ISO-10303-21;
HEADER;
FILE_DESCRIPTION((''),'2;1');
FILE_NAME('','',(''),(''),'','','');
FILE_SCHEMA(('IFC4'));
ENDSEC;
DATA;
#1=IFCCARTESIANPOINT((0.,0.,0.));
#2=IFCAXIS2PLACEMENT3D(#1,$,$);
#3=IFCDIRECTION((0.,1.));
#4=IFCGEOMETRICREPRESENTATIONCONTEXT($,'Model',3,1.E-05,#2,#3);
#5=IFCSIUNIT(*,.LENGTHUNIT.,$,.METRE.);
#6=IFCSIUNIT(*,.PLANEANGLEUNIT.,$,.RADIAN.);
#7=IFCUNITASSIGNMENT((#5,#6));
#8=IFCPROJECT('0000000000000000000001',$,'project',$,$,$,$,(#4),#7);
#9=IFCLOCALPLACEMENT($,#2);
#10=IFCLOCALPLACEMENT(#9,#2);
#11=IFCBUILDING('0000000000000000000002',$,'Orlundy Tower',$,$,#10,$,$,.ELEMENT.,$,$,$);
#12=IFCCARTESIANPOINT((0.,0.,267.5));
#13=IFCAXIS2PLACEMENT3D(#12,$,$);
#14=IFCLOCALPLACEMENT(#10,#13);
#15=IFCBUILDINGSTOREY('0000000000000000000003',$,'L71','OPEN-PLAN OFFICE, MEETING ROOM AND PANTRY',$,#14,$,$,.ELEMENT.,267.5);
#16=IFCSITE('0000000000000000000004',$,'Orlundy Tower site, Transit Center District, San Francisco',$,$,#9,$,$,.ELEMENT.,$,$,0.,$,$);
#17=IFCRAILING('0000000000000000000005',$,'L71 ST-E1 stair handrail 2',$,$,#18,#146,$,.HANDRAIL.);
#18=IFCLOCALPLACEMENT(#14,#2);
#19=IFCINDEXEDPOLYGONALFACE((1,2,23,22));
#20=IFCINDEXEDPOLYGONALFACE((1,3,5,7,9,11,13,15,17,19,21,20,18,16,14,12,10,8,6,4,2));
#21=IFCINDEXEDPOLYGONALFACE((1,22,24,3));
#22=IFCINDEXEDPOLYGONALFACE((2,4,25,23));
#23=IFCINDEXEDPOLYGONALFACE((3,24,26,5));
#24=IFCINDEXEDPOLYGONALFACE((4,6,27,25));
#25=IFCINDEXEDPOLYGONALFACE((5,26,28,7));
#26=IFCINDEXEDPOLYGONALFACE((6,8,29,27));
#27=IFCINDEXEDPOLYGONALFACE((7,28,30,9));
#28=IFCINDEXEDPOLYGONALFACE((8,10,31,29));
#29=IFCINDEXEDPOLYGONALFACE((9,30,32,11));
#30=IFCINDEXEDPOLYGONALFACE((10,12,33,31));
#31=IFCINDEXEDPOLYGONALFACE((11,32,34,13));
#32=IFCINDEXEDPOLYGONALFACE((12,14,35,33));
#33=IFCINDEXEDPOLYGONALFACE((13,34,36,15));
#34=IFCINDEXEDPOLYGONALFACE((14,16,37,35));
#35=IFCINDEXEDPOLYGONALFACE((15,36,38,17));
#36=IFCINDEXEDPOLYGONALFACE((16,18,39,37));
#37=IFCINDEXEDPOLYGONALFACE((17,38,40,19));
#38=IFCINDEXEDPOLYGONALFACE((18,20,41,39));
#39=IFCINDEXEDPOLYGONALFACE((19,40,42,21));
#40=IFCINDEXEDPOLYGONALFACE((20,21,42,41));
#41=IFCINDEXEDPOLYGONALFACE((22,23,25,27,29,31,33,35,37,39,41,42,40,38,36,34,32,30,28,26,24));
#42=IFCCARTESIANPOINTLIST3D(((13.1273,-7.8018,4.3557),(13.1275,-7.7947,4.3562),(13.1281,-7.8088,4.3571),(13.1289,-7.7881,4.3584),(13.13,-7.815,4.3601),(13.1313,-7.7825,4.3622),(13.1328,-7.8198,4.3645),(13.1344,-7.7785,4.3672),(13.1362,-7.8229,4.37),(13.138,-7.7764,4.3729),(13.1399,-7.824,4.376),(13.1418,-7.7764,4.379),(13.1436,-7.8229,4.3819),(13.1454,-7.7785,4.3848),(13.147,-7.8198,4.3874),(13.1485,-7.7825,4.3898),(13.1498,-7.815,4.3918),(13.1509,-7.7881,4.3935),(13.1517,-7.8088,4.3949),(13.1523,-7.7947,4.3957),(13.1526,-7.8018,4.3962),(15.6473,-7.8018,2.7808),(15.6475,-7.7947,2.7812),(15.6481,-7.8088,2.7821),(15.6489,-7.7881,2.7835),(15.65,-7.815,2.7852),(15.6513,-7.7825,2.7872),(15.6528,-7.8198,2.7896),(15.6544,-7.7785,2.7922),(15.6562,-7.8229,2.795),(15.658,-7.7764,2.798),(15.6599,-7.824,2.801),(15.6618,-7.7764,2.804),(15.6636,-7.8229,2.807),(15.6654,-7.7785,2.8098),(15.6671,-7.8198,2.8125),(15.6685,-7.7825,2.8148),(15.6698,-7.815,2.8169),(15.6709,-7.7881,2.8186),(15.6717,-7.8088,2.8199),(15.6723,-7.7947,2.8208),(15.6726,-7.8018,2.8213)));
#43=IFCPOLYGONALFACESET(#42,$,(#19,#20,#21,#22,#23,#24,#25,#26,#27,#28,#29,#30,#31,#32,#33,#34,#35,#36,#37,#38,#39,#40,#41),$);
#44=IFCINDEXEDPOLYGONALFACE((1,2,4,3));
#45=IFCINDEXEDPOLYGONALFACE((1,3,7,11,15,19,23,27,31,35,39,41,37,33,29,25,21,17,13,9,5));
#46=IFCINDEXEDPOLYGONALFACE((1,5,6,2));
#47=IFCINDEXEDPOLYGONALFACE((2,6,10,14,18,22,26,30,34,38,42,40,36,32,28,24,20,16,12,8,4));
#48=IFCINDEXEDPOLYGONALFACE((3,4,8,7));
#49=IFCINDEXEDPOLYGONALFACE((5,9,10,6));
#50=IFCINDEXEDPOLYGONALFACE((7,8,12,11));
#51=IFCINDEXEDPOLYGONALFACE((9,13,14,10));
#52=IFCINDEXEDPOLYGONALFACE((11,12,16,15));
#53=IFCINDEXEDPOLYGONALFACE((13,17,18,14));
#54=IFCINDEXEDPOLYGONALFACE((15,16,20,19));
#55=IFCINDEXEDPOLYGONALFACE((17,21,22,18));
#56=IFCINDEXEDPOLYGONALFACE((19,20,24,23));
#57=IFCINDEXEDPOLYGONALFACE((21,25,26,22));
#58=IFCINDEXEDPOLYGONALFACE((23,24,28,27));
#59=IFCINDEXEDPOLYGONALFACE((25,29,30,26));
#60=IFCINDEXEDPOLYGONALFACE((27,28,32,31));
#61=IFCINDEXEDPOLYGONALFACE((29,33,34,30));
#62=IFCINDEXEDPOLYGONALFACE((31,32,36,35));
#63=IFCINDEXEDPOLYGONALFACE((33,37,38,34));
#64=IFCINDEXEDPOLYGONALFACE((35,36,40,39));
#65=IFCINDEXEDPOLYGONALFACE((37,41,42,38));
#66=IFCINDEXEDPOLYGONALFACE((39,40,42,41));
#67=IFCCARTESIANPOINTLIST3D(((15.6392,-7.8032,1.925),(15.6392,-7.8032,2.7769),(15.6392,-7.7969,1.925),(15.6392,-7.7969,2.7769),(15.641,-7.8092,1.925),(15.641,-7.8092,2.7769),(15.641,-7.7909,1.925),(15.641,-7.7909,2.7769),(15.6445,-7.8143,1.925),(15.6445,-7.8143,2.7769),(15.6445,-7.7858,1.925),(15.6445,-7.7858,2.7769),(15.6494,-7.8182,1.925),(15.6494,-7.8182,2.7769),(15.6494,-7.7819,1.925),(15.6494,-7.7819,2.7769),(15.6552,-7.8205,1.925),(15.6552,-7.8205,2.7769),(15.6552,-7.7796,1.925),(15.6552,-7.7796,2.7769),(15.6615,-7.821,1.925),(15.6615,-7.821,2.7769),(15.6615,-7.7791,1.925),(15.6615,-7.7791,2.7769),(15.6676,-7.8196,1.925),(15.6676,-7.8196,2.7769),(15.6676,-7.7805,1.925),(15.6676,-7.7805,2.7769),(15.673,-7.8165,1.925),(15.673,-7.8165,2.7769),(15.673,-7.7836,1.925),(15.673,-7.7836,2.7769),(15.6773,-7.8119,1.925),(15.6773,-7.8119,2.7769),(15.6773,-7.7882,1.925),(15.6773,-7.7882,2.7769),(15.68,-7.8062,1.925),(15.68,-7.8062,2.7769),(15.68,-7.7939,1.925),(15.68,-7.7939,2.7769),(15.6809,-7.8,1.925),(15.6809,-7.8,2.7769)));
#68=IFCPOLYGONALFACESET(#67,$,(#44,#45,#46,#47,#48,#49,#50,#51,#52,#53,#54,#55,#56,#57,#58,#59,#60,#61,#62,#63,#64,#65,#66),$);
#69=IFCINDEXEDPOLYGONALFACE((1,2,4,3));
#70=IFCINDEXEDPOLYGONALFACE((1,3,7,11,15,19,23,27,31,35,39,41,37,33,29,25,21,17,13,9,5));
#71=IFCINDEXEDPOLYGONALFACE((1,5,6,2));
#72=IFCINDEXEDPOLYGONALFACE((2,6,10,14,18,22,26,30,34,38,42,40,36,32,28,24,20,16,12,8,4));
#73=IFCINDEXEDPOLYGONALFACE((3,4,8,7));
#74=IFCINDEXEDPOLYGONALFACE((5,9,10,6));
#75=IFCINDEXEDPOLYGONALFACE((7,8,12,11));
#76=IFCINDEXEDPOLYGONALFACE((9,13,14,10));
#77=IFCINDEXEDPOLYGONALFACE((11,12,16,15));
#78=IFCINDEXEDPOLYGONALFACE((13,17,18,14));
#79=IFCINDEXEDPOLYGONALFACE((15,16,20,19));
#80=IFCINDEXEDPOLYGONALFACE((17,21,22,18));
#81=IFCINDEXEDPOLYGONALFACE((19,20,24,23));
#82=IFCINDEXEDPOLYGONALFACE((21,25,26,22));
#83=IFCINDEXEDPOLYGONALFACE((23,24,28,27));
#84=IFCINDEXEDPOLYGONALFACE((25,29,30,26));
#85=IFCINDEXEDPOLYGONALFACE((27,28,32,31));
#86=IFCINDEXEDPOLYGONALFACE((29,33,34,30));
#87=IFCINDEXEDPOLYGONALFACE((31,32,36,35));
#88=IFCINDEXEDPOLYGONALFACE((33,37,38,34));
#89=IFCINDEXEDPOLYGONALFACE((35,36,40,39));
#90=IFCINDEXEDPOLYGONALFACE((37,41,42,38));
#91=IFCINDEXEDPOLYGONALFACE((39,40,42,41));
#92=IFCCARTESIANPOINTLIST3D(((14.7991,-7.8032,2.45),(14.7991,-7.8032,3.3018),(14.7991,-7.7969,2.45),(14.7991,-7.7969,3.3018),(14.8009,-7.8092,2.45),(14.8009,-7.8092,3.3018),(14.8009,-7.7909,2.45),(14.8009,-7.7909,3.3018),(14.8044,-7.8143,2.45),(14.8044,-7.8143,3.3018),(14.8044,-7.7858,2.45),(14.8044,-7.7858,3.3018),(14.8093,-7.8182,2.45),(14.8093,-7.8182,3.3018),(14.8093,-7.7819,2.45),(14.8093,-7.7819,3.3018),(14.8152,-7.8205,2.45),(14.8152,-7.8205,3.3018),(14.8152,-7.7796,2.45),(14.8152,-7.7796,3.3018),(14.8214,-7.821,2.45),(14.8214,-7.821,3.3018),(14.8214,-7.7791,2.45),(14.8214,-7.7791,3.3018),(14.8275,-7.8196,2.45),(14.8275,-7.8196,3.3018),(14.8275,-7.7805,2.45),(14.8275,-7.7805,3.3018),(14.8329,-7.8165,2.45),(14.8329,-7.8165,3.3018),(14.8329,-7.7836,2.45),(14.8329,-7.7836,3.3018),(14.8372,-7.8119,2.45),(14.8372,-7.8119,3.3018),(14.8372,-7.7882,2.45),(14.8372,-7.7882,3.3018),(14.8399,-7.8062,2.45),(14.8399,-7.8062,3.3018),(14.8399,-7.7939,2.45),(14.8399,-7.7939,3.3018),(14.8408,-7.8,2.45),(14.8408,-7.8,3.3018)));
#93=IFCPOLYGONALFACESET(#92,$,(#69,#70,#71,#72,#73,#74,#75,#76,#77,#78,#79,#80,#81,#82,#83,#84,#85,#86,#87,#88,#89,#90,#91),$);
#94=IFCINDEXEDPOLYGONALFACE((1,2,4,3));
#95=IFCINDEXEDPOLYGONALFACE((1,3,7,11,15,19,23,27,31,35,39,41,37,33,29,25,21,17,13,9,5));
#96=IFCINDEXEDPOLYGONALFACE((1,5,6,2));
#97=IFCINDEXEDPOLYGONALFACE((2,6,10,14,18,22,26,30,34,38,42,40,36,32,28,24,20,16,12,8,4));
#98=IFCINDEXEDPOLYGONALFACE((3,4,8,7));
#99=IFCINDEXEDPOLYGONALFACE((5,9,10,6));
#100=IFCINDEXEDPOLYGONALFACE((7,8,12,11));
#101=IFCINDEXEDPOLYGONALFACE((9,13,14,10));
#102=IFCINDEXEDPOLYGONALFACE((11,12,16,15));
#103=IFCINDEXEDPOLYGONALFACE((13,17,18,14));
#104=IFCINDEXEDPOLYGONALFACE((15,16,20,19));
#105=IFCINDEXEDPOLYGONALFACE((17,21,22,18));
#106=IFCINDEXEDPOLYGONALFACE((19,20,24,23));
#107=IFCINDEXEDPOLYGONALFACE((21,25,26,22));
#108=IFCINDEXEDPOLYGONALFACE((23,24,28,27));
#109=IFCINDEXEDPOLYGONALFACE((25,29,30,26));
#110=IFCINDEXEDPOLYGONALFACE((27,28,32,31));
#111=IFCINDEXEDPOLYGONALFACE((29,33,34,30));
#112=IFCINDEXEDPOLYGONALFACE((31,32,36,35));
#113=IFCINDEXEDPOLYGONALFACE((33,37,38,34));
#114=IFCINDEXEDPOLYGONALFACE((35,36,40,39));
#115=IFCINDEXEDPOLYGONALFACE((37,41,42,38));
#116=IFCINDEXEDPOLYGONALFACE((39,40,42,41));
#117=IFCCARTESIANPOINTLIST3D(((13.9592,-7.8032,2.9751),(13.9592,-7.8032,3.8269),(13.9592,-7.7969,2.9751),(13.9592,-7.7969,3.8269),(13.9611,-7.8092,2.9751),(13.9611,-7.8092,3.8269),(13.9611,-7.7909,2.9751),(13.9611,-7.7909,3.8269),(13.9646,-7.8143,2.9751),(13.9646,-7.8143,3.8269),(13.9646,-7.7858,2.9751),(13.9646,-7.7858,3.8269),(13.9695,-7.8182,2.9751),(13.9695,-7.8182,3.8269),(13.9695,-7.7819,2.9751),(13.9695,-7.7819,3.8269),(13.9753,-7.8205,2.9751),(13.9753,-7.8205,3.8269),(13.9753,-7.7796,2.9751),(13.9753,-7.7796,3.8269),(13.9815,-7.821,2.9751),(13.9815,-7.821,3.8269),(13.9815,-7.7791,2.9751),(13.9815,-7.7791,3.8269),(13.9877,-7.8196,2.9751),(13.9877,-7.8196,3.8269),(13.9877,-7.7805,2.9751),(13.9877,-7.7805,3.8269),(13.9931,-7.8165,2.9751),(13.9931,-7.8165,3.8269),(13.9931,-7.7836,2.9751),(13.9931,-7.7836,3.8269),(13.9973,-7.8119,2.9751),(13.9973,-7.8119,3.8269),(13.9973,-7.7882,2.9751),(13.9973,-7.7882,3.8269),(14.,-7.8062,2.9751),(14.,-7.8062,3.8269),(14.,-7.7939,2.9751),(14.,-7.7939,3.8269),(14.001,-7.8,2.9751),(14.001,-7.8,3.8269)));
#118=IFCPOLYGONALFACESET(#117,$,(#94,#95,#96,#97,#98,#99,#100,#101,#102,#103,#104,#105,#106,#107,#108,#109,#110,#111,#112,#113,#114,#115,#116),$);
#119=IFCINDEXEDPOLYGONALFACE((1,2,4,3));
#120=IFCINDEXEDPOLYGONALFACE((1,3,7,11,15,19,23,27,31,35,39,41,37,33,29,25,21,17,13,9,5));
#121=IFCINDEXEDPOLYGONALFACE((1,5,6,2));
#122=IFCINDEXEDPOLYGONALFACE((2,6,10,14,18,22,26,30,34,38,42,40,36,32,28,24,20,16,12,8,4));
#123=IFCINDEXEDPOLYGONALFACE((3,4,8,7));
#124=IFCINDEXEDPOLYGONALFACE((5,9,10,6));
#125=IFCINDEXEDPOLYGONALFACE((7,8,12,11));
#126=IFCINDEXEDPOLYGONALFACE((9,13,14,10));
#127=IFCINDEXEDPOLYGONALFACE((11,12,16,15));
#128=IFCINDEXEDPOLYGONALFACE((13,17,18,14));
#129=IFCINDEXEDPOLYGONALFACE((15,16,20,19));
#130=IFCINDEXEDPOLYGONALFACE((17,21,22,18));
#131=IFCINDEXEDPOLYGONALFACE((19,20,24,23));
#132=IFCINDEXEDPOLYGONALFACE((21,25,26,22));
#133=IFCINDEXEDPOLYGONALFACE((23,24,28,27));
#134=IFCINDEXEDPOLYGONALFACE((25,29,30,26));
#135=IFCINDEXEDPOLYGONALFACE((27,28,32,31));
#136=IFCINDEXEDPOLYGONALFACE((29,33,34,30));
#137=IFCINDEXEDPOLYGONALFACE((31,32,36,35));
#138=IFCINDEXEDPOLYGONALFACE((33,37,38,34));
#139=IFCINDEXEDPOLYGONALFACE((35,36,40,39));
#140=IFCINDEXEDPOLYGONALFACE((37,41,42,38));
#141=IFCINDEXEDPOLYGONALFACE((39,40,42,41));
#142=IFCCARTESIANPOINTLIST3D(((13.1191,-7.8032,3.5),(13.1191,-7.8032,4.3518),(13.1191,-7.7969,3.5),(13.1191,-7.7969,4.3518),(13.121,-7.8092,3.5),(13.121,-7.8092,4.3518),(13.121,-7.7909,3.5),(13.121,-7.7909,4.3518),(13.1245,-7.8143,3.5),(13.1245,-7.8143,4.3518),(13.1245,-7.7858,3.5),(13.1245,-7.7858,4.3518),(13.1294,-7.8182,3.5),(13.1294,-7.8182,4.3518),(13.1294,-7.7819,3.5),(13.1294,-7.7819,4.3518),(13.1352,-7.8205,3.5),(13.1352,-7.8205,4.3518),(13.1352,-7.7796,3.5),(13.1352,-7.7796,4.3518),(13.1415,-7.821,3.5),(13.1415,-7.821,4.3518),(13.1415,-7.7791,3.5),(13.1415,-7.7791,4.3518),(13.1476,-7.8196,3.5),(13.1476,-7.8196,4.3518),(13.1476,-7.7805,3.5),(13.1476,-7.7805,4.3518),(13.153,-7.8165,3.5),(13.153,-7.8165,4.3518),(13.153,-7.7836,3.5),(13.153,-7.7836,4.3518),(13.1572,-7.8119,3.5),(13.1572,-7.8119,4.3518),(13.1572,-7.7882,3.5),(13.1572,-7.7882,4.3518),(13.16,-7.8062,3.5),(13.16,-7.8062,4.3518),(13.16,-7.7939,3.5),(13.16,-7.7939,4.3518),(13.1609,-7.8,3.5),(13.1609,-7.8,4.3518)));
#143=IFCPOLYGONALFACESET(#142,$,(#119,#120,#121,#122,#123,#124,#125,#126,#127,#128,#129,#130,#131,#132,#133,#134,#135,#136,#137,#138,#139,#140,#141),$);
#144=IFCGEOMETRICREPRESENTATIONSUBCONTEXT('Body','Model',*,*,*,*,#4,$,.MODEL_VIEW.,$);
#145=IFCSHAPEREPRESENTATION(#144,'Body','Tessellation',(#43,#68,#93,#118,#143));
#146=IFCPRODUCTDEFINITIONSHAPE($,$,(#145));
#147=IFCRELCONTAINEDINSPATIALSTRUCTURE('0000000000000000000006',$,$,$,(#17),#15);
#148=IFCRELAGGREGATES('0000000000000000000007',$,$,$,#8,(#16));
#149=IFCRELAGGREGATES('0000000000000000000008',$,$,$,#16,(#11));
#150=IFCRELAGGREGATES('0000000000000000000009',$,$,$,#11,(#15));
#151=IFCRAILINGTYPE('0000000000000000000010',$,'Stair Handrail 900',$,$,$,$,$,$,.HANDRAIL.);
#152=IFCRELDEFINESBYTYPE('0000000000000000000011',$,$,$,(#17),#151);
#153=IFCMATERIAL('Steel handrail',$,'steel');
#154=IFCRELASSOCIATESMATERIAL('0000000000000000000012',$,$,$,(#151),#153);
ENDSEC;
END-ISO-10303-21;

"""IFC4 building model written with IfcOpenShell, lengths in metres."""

from ifc_helpers import new_model, si_unit, direction, frame, origin, origin_2d, place, context, subcontext, project, spatial, circle, extrude, material, type_object, element, save


model = new_model("IFC4")

# Units and contexts
model_context = context("Model", 3, precision=1e-05, world=origin(), true_north=direction((0.0, 1.0)))
body_context = subcontext(model_context, "Body", "Model", "MODEL_VIEW")
ifc_project = project(units=[si_unit("LENGTHUNIT", "METRE"), si_unit("PLANEANGLEUNIT", "RADIAN")], contexts=[model_context])

# Site, building, storey
site_placement = place(None, origin())
site = spatial("IfcSite", under=ifc_project, at=site_placement, Name="Orlundy Tower site, Transit Center District, San Francisco", CompositionType="ELEMENT", RefElevation=0.0)
building_placement = place(site_placement, origin())
building = spatial("IfcBuilding", under=site, at=building_placement, Name="Orlundy Tower", CompositionType="ELEMENT")
storey_placement = place(building_placement, frame((0.0, 0.0, 267.5)))
storey = spatial("IfcBuildingStorey", under=building, at=storey_placement, Name="L71", Description="OPEN-PLAN OFFICE, MEETING ROOM AND PANTRY", CompositionType="ELEMENT", Elevation=267.5)

# Railing
ifc_material_1 = material(Name="Steel handrail", Category="steel")
railing_type_1 = type_object("IfcRailingType", Name="Stair Handrail 900", PredefinedType="HANDRAIL", material=ifc_material_1)
railing_1_placement = place(storey_placement, frame((15.6599, -7.8, 1.925)))
element("IfcRailing", 1, at=railing_1_placement, inside=storey, type_object=railing_type_1, Name="L71 ST-E1 stair handrail 2", PredefinedType="HANDRAIL", context=body_context, shape_type="SweptSolid", body=[
    extrude(circle(Radius=0.0239, at=origin_2d()), frame((0.0, 0.0, 0.876), z_axis=(-0.848008, 0.0, 0.529984), x_axis=(0.0, -1.0, 0.0)), (0.0, 0.0, 1.0), 2.9717),
    extrude(circle(Radius=0.021, at=origin_2d()), origin(), (0.0, 0.0, 1.0), 0.8518),
    extrude(circle(Radius=0.021, at=origin_2d()), frame((-0.8401, 0.0, 0.5249)), (0.0, 0.0, 1.0), 0.8518),
    extrude(circle(Radius=0.021, at=origin_2d()), frame((-1.6799, 0.0, 1.05)), (0.0, 0.0, 1.0), 0.8518),
    extrude(circle(Radius=0.021, at=origin_2d()), frame((-2.52, 0.0, 1.575)), (0.0, 0.0, 1.0), 0.8518),
])

save(model, "model.ifc")
